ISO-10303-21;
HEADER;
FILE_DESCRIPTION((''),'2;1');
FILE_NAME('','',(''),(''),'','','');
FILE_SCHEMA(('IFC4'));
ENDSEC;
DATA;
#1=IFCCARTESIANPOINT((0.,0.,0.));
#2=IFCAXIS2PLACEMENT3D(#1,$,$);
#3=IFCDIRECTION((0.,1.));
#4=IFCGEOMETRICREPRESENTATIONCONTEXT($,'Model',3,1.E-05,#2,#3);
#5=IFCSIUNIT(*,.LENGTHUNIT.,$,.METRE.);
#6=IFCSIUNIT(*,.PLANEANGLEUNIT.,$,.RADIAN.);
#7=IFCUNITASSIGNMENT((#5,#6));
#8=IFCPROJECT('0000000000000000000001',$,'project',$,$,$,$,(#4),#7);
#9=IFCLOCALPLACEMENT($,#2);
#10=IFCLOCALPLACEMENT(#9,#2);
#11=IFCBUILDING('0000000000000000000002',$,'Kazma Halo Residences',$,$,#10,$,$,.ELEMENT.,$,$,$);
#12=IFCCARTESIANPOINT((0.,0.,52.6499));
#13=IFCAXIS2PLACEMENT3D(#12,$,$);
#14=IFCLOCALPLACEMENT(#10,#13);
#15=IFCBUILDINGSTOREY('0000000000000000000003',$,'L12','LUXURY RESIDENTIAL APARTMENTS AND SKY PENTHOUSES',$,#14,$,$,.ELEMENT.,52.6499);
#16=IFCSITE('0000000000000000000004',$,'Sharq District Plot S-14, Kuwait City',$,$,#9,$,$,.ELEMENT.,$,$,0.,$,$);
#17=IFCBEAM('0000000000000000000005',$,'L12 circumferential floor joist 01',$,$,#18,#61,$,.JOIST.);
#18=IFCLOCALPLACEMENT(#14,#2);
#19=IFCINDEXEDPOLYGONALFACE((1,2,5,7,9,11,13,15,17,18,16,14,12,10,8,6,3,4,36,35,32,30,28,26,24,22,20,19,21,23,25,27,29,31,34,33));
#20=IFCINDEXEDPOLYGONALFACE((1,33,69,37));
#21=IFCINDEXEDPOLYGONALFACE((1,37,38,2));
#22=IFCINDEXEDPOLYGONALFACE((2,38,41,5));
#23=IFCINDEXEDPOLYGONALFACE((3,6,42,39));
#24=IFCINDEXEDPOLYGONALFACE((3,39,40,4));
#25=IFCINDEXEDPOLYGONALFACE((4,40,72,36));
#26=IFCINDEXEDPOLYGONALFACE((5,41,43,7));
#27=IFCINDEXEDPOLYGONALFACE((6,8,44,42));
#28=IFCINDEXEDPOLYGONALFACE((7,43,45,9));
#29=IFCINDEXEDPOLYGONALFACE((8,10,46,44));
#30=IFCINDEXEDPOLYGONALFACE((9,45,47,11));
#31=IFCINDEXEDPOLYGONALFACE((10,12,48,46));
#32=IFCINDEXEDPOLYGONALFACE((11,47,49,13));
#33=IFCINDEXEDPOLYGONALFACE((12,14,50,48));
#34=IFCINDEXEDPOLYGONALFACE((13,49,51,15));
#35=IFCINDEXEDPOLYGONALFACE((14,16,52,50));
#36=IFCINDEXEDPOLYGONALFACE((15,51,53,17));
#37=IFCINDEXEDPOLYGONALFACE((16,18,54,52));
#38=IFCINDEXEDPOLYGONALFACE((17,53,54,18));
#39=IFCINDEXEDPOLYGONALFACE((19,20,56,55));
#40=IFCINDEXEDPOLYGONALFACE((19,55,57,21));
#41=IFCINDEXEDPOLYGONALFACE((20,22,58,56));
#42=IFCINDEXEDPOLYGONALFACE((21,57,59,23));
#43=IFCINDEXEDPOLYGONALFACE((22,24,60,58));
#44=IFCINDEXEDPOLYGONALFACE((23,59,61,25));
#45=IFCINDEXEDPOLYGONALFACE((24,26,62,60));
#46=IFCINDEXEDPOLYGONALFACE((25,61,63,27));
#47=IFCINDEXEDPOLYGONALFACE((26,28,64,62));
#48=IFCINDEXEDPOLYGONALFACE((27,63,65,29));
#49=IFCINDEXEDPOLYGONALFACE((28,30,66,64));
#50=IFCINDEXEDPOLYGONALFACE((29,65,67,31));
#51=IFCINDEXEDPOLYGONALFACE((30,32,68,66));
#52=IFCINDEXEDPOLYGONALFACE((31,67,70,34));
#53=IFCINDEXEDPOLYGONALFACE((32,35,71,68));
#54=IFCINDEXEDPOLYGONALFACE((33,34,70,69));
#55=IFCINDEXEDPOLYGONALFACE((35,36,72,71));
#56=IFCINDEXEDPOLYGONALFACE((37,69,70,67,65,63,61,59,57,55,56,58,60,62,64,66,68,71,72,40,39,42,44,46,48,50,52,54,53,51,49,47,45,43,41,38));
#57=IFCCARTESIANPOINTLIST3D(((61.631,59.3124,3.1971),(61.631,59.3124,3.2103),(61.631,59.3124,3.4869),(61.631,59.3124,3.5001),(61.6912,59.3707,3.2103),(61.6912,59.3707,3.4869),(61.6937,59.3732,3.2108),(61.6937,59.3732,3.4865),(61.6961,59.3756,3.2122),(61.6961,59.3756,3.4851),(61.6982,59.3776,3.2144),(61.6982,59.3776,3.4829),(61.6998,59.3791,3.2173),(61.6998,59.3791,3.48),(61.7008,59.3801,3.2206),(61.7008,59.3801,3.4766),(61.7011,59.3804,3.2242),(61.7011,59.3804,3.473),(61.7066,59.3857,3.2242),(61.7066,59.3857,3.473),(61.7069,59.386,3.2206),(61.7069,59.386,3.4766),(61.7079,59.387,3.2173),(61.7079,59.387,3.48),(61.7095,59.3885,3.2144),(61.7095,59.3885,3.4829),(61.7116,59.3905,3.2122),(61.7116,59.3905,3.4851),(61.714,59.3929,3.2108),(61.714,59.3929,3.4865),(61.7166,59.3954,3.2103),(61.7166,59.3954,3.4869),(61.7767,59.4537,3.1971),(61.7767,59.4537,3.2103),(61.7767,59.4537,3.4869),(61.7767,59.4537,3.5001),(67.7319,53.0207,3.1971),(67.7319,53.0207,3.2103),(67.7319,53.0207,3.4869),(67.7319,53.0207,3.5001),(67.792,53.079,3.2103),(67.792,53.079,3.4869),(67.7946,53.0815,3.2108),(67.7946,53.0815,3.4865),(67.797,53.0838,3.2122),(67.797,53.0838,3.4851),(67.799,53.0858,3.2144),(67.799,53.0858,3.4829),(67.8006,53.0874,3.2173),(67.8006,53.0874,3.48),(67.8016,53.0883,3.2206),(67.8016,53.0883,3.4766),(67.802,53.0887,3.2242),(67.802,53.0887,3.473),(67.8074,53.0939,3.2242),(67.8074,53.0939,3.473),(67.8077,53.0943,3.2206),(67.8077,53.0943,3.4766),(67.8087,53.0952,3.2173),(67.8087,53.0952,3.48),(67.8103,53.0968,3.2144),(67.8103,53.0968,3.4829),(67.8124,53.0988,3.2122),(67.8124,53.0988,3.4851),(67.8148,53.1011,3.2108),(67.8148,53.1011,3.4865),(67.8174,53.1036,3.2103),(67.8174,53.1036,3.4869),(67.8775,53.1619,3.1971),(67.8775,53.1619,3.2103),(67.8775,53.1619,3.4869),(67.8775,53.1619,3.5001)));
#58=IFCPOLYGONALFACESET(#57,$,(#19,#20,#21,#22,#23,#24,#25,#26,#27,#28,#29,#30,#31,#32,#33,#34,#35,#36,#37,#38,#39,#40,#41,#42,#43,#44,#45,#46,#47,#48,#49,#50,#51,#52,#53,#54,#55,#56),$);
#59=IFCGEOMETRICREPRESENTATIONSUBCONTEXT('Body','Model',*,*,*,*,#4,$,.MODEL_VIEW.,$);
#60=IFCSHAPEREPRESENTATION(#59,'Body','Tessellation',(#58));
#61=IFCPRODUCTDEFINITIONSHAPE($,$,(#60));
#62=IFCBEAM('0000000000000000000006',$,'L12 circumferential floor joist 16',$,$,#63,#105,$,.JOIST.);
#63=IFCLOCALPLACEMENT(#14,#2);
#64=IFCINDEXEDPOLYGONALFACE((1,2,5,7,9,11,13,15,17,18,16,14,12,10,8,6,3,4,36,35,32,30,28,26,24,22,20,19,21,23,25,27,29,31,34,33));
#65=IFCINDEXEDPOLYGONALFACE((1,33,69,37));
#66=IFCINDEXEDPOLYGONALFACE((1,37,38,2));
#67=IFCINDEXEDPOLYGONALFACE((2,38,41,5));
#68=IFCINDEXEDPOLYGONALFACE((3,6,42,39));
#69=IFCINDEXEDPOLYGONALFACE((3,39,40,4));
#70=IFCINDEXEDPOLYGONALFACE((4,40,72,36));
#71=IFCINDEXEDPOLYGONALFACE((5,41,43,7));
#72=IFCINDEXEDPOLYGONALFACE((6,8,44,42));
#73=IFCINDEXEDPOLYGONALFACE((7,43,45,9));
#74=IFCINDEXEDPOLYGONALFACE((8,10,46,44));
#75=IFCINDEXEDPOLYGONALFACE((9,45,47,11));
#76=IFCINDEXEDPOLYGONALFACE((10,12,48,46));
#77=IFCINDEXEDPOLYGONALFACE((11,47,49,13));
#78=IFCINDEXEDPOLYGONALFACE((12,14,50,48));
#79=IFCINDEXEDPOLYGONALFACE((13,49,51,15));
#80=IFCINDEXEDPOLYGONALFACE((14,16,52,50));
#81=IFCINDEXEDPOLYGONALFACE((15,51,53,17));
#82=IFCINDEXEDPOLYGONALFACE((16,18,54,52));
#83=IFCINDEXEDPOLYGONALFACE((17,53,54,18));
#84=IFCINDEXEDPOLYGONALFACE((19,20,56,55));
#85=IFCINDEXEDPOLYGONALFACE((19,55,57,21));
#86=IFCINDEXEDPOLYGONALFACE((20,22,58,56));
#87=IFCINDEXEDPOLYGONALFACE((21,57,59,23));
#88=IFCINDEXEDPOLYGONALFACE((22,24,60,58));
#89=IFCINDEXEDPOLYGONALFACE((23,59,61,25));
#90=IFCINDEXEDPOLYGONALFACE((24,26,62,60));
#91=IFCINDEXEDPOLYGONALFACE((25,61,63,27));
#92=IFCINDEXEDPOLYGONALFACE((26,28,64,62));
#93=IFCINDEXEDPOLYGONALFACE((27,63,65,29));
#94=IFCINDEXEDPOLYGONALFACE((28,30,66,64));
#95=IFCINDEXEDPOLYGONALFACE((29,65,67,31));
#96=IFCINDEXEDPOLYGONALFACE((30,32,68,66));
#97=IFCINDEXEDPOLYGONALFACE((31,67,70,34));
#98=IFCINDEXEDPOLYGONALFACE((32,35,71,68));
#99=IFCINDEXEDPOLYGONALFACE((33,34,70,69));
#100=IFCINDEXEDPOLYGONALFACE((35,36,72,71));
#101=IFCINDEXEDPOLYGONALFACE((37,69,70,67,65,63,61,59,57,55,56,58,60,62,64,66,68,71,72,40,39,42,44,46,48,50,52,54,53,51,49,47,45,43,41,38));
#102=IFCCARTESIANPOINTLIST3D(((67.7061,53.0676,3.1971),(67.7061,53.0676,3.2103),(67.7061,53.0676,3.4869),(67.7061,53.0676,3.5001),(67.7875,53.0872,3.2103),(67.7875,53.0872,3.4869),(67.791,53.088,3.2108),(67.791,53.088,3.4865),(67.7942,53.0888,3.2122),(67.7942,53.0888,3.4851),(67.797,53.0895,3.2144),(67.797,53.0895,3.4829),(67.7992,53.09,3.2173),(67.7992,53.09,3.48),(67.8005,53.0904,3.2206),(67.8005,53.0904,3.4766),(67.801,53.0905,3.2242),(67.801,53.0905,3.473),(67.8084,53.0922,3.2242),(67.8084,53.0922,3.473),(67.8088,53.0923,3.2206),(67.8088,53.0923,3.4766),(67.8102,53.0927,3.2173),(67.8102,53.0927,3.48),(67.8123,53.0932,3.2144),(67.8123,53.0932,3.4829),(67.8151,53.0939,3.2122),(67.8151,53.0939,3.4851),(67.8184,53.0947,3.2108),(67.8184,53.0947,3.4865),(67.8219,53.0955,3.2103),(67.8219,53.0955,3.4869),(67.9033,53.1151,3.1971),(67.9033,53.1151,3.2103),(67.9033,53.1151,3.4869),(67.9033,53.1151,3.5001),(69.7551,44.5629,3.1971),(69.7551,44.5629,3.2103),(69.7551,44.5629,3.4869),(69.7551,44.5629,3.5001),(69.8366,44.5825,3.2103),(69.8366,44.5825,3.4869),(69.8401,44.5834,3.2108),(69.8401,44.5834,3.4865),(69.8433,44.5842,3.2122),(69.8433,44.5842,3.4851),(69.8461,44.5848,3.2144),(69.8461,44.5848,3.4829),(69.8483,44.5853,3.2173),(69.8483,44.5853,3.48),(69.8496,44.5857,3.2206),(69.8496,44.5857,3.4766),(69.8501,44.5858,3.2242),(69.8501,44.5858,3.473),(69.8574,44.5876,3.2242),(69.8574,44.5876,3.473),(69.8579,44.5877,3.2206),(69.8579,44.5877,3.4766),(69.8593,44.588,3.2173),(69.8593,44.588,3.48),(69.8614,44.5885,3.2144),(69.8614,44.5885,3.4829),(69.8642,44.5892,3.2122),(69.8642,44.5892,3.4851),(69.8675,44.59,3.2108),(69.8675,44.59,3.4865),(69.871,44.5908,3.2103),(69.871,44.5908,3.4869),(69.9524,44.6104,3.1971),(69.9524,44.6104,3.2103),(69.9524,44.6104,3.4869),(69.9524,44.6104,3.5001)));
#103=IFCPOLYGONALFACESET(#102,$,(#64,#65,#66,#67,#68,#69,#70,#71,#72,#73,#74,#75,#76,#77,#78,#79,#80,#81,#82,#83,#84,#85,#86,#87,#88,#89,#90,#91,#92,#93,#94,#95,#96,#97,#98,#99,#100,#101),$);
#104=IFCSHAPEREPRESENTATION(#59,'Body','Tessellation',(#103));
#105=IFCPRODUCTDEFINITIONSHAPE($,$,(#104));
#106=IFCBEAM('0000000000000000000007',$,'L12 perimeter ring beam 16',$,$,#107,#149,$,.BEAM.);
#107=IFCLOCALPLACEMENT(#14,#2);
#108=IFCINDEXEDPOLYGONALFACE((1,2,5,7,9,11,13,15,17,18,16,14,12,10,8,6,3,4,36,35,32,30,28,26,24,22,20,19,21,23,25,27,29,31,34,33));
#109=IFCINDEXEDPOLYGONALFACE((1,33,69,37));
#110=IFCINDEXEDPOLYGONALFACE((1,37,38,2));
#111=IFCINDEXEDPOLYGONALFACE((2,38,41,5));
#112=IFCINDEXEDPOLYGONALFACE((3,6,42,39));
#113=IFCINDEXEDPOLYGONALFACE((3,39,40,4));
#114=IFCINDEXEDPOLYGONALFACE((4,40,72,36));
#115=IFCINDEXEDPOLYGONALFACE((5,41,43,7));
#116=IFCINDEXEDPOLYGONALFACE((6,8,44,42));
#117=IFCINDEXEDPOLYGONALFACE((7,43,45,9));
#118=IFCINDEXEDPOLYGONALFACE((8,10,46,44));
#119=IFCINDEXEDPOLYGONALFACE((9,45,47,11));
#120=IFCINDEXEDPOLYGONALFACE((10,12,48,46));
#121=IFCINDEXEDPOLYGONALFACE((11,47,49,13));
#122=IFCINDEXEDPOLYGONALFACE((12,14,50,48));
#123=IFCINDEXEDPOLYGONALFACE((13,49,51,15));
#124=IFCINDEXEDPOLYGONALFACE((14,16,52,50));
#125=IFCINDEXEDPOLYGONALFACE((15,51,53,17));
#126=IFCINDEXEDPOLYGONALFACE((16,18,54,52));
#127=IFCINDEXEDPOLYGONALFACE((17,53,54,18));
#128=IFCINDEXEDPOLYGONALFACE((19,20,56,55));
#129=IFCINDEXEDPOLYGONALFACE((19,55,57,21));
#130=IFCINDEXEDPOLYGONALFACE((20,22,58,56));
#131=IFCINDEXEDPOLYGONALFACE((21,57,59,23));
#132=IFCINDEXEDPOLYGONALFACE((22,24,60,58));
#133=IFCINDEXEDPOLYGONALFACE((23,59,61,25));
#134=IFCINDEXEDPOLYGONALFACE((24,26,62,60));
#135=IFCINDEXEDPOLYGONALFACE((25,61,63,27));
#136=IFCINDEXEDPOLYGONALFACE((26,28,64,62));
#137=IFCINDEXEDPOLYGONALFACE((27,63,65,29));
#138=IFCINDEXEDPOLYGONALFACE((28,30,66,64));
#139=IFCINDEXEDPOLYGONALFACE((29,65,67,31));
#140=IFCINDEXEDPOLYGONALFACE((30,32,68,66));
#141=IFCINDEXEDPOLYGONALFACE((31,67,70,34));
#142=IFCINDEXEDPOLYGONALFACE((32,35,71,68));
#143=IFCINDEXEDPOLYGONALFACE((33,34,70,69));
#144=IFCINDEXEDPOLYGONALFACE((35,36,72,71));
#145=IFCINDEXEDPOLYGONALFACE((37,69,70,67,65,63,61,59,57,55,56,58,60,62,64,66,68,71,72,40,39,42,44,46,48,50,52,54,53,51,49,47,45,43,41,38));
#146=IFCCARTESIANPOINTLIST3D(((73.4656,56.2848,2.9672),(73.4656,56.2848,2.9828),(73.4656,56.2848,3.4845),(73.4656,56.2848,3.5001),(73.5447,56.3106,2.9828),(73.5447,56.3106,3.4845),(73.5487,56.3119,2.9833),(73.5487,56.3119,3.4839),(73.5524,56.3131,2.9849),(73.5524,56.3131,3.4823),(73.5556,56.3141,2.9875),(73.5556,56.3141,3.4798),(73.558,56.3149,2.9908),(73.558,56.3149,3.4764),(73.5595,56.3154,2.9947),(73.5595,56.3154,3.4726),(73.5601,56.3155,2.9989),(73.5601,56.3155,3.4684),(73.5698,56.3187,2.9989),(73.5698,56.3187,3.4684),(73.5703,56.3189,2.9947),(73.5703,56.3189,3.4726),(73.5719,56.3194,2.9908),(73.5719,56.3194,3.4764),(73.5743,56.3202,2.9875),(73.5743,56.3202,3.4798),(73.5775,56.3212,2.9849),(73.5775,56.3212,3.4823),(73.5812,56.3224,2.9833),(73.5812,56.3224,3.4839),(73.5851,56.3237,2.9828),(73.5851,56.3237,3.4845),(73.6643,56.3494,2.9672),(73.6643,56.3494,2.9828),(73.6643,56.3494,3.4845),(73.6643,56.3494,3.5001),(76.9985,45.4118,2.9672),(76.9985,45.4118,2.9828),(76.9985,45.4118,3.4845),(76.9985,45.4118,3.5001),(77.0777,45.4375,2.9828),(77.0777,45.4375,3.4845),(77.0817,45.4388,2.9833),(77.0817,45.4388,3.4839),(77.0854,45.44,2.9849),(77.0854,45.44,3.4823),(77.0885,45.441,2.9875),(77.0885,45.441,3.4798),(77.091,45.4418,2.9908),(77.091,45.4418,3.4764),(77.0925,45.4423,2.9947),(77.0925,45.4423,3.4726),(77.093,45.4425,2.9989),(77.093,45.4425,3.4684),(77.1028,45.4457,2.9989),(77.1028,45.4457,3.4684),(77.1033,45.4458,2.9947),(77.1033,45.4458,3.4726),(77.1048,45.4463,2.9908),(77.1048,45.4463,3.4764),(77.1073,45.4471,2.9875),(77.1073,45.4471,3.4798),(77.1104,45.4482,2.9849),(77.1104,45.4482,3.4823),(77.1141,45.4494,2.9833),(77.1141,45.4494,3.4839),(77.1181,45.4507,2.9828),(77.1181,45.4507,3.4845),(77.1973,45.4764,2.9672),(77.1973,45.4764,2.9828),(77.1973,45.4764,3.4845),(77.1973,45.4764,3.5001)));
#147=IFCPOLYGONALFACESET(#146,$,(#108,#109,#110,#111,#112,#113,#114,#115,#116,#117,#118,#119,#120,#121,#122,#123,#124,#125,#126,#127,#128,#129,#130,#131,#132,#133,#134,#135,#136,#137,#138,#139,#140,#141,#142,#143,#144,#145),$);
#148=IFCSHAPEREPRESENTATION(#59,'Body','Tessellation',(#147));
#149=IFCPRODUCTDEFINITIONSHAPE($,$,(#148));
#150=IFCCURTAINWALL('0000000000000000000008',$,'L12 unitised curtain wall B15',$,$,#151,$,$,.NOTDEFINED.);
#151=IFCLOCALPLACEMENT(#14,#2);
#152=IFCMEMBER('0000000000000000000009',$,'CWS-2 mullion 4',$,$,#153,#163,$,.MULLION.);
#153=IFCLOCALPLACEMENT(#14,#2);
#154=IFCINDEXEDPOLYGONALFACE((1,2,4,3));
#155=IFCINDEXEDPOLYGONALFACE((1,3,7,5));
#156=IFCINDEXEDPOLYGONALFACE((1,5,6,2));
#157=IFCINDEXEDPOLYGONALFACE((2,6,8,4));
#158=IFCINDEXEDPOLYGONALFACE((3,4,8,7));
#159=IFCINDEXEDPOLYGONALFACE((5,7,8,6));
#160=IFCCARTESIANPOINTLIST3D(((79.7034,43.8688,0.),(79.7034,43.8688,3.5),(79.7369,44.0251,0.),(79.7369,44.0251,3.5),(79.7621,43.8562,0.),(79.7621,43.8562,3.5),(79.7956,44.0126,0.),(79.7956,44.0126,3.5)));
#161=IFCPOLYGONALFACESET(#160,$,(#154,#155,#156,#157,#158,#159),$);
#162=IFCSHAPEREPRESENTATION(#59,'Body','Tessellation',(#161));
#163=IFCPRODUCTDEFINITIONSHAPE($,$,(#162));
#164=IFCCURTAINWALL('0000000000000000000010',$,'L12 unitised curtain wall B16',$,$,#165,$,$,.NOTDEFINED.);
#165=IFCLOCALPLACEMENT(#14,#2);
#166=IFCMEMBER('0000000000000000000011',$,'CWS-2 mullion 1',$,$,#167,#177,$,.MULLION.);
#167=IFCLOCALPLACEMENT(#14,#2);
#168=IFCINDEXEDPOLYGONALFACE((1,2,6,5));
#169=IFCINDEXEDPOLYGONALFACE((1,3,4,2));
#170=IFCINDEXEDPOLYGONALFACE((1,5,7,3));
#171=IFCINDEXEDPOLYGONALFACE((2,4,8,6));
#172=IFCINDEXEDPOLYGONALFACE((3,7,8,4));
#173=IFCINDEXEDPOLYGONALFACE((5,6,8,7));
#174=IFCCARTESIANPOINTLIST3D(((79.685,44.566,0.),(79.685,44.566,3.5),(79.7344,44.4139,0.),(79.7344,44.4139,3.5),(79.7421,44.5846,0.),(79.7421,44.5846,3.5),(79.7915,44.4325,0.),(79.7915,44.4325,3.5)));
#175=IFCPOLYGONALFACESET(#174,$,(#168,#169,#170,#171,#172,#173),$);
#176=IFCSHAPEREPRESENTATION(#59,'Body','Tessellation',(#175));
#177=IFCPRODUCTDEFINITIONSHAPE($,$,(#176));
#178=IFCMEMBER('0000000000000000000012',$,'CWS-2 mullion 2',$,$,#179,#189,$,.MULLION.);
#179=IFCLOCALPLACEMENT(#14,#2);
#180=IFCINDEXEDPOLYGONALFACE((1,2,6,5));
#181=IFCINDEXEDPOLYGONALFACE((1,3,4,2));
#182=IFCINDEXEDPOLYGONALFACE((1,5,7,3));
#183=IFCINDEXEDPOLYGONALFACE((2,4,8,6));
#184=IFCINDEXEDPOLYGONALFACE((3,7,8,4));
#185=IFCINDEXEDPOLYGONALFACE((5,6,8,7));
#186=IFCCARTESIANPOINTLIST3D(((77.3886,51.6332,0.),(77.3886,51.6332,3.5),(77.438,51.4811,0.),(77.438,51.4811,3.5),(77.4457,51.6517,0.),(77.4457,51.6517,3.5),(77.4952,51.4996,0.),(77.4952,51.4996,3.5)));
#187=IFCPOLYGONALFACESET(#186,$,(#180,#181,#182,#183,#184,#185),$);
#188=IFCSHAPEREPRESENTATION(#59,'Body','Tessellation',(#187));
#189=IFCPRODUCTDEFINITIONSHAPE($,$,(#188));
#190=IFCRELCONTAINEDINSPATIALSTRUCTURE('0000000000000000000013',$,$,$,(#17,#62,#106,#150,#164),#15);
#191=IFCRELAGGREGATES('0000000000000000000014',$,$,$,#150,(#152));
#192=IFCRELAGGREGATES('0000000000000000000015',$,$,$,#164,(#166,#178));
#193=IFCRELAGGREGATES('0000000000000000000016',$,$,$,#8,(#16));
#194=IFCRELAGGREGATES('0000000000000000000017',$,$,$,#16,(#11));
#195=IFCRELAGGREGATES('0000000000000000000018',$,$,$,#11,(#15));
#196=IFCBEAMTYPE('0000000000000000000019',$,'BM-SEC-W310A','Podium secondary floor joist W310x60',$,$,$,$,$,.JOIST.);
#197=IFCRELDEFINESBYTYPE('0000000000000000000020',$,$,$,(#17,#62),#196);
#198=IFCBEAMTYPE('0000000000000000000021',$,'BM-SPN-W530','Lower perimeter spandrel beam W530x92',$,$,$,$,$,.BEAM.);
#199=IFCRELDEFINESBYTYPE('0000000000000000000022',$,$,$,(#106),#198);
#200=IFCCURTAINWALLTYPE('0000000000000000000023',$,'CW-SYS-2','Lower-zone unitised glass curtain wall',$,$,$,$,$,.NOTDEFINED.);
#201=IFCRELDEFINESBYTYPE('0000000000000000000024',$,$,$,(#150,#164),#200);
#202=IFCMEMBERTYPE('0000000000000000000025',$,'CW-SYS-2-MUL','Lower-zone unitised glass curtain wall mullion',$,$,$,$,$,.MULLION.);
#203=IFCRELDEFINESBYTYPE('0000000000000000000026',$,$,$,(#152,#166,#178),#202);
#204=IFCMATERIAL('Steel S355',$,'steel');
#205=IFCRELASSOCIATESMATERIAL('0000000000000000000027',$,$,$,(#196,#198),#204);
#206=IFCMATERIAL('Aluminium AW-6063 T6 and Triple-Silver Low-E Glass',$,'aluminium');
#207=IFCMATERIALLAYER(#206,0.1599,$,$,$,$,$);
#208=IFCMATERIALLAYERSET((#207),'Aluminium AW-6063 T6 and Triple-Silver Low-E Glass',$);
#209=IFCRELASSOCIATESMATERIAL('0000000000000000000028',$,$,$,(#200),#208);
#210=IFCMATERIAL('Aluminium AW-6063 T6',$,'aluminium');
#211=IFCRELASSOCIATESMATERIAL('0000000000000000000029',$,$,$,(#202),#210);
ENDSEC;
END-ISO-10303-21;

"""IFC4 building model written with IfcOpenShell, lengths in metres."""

from ifc_helpers import new_model, si_unit, direction, frame, origin, origin_2d, place, context, subcontext, project, spatial, rectangle, i_section, extrude, material, layer, layer_set, material_profile, profile_set, type_object, element, aggregate, save


model = new_model("IFC4")

# Units and contexts
model_context = context("Model", 3, precision=1e-05, world=origin(), true_north=direction((0.0, 1.0)))
body_context = subcontext(model_context, "Body", "Model", "MODEL_VIEW")
ifc_project = project(units=[si_unit("LENGTHUNIT", "METRE"), si_unit("PLANEANGLEUNIT", "RADIAN")], contexts=[model_context])

# Site, building, storey
site_placement = place(None, origin())
site = spatial("IfcSite", under=ifc_project, at=site_placement, Name="Sharq District Plot S-14, Kuwait City", CompositionType="ELEMENT", RefElevation=0.0)
building_placement = place(site_placement, origin())
building = spatial("IfcBuilding", under=site, at=building_placement, Name="Kazma Halo Residences", CompositionType="ELEMENT")
storey_placement = place(building_placement, frame((0.0, 0.0, 52.6499)))
storey = spatial("IfcBuildingStorey", under=building, at=storey_placement, Name="L12", Description="LUXURY RESIDENTIAL APARTMENTS AND SKY PENTHOUSES", CompositionType="ELEMENT", Elevation=52.6499)

# Beams
ifc_material_1 = material(Name="Steel S355", Category="steel")
ifc_material_profile_1 = material_profile(ifc_material_1, i_section(OverallWidth=0.2029, OverallDepth=0.303, WebThickness=0.0076, FlangeThickness=0.0132, FilletRadius=0.0139, at=origin_2d()), Name="W310x60")
ifc_profile_set_1 = profile_set([ifc_material_profile_1], Name="Steel S355")
beam_type_1 = type_object("IfcBeamType", Name="BM-SEC-W310A", Description="Podium secondary floor joist W310x60", PredefinedType="JOIST", material=ifc_profile_set_1)
beam_1_placement = place(storey_placement, frame((67.8047, 53.0913, 3.3486), z_axis=(-0.696131, 0.717915, 0.0), x_axis=(-0.717915, -0.696131, 0.0)))
element("IfcBeam", 1, at=beam_1_placement, inside=storey, type_object=beam_type_1, Name="L12 circumferential floor joist 01", PredefinedType="JOIST", context=body_context, shape_type="SweptSolid", body=[
    extrude(i_section(OverallWidth=0.2029, OverallDepth=0.303, WebThickness=0.0076, FlangeThickness=0.0132, FilletRadius=0.0139, at=origin_2d()), origin(), (0.0, 0.0, 1.0), 8.7639),
])
beam_2_placement = place(storey_placement, frame((69.8538, 44.5867, 3.3486), z_axis=(-0.234233, 0.97218, 0.0), x_axis=(-0.97218, -0.234233, 0.0)))
element("IfcBeam", 2, at=beam_2_placement, inside=storey, type_object=beam_type_1, Name="L12 circumferential floor joist 16", PredefinedType="JOIST", context=body_context, shape_type="SweptSolid", body=[
    extrude(i_section(OverallWidth=0.2029, OverallDepth=0.303, WebThickness=0.0076, FlangeThickness=0.0132, FilletRadius=0.0139, at=origin_2d()), origin(), (0.0, 0.0, 1.0), 8.748),
])
ifc_material_profile_2 = material_profile(ifc_material_1, i_section(OverallWidth=0.209, OverallDepth=0.533, WebThickness=0.0103, FlangeThickness=0.0156, FilletRadius=0.0161, at=origin_2d()), Name="W530x92")
ifc_profile_set_2 = profile_set([ifc_material_profile_2], Name="Steel S355")
beam_type_2 = type_object("IfcBeamType", Name="BM-SPN-W530", Description="Lower perimeter spandrel beam W530x92", PredefinedType="BEAM", material=ifc_profile_set_2)
beam_3_placement = place(storey_placement, frame((77.0979, 45.4441, 3.2336), z_axis=(-0.309024, 0.951054, 0.0), x_axis=(-0.951054, -0.309024, 0.0)))
element("IfcBeam", 3, at=beam_3_placement, inside=storey, type_object=beam_type_2, Name="L12 perimeter ring beam 16", PredefinedType="BEAM", context=body_context, shape_type="SweptSolid", body=[
    extrude(i_section(OverallWidth=0.209, OverallDepth=0.533, WebThickness=0.0103, FlangeThickness=0.0156, FilletRadius=0.0161, at=origin_2d()), origin(), (0.0, 0.0, 1.0), 11.4326),
])

# Curtain wall, member
ifc_material_2 = material(Name="Aluminium AW-6063 T6 and Triple-Silver Low-E Glass", Category="aluminium")
ifc_layer_1 = layer(ifc_material_2, 0.1599)
ifc_layer_set_1 = layer_set([ifc_layer_1], Name="Aluminium AW-6063 T6 and Triple-Silver Low-E Glass")
curtain_wall_type = type_object("IfcCurtainWallType", Name="CW-SYS-2", Description="Lower-zone unitised glass curtain wall", PredefinedType="NOTDEFINED", material=ifc_layer_set_1)
curtain_wall_1_placement = place(storey_placement, origin())
curtain_wall_1 = element("IfcCurtainWall", 4, at=curtain_wall_1_placement, inside=storey, type_object=curtain_wall_type, Name="L12 unitised curtain wall B15", PredefinedType="NOTDEFINED")
ifc_material_3 = material(Name="Aluminium AW-6063 T6", Category="aluminium")
ifc_material_profile_3 = material_profile(ifc_material_3, rectangle(XDim=0.0601, YDim=0.1599, at=origin_2d()), Name="CWM-60x160")
ifc_profile_set_3 = profile_set([ifc_material_profile_3], Name="Aluminium AW-6063 T6")
member_type_1 = type_object("IfcMemberType", Name="CW-SYS-2-MUL", Description="Lower-zone unitised glass curtain wall mullion", PredefinedType="MULLION", material=ifc_profile_set_3)
member_1_placement = place(storey_placement, frame((79.7495, 43.9407, 0.0), z_axis=(0.0, 0.0, 1.0), x_axis=(-0.977779, 0.209637, 0.0)))
member_1 = element("IfcMember", 5, at=member_1_placement, type_object=member_type_1, Name="CWS-2 mullion 4", PredefinedType="MULLION", context=body_context, shape_type="SweptSolid", body=[
    extrude(rectangle(XDim=0.0601, YDim=0.1599, at=origin_2d()), origin(), (0.0, 0.0, 1.0), 3.5),
])
aggregate(curtain_wall_1, [member_1])

# Curtain wall, members
curtain_wall_2_placement = place(storey_placement, origin())
curtain_wall_2 = element("IfcCurtainWall", 6, at=curtain_wall_2_placement, inside=storey, type_object=curtain_wall_type, Name="L12 unitised curtain wall B16", PredefinedType="NOTDEFINED")
member_2_placement = place(storey_placement, frame((79.7383, 44.4993, 0.0), z_axis=(0.0, 0.0, 1.0), x_axis=(-0.951057, -0.309017, 0.0)))
member_2 = element("IfcMember", 7, at=member_2_placement, type_object=member_type_1, Name="CWS-2 mullion 1", PredefinedType="MULLION", context=body_context, shape_type="SweptSolid", body=[
    extrude(rectangle(XDim=0.0601, YDim=0.1599, at=origin_2d()), origin(), (0.0, 0.0, 1.0), 3.5),
])
member_3_placement = place(storey_placement, frame((77.4419, 51.5664, 0.0), z_axis=(0.0, 0.0, 1.0), x_axis=(-0.951057, -0.309017, 0.0)))
member_3 = element("IfcMember", 8, at=member_3_placement, type_object=member_type_1, Name="CWS-2 mullion 2", PredefinedType="MULLION", context=body_context, shape_type="SweptSolid", body=[
    extrude(rectangle(XDim=0.0601, YDim=0.1599, at=origin_2d()), origin(), (0.0, 0.0, 1.0), 3.5),
])
aggregate(curtain_wall_2, [member_2, member_3])

save(model, "model.ifc")
